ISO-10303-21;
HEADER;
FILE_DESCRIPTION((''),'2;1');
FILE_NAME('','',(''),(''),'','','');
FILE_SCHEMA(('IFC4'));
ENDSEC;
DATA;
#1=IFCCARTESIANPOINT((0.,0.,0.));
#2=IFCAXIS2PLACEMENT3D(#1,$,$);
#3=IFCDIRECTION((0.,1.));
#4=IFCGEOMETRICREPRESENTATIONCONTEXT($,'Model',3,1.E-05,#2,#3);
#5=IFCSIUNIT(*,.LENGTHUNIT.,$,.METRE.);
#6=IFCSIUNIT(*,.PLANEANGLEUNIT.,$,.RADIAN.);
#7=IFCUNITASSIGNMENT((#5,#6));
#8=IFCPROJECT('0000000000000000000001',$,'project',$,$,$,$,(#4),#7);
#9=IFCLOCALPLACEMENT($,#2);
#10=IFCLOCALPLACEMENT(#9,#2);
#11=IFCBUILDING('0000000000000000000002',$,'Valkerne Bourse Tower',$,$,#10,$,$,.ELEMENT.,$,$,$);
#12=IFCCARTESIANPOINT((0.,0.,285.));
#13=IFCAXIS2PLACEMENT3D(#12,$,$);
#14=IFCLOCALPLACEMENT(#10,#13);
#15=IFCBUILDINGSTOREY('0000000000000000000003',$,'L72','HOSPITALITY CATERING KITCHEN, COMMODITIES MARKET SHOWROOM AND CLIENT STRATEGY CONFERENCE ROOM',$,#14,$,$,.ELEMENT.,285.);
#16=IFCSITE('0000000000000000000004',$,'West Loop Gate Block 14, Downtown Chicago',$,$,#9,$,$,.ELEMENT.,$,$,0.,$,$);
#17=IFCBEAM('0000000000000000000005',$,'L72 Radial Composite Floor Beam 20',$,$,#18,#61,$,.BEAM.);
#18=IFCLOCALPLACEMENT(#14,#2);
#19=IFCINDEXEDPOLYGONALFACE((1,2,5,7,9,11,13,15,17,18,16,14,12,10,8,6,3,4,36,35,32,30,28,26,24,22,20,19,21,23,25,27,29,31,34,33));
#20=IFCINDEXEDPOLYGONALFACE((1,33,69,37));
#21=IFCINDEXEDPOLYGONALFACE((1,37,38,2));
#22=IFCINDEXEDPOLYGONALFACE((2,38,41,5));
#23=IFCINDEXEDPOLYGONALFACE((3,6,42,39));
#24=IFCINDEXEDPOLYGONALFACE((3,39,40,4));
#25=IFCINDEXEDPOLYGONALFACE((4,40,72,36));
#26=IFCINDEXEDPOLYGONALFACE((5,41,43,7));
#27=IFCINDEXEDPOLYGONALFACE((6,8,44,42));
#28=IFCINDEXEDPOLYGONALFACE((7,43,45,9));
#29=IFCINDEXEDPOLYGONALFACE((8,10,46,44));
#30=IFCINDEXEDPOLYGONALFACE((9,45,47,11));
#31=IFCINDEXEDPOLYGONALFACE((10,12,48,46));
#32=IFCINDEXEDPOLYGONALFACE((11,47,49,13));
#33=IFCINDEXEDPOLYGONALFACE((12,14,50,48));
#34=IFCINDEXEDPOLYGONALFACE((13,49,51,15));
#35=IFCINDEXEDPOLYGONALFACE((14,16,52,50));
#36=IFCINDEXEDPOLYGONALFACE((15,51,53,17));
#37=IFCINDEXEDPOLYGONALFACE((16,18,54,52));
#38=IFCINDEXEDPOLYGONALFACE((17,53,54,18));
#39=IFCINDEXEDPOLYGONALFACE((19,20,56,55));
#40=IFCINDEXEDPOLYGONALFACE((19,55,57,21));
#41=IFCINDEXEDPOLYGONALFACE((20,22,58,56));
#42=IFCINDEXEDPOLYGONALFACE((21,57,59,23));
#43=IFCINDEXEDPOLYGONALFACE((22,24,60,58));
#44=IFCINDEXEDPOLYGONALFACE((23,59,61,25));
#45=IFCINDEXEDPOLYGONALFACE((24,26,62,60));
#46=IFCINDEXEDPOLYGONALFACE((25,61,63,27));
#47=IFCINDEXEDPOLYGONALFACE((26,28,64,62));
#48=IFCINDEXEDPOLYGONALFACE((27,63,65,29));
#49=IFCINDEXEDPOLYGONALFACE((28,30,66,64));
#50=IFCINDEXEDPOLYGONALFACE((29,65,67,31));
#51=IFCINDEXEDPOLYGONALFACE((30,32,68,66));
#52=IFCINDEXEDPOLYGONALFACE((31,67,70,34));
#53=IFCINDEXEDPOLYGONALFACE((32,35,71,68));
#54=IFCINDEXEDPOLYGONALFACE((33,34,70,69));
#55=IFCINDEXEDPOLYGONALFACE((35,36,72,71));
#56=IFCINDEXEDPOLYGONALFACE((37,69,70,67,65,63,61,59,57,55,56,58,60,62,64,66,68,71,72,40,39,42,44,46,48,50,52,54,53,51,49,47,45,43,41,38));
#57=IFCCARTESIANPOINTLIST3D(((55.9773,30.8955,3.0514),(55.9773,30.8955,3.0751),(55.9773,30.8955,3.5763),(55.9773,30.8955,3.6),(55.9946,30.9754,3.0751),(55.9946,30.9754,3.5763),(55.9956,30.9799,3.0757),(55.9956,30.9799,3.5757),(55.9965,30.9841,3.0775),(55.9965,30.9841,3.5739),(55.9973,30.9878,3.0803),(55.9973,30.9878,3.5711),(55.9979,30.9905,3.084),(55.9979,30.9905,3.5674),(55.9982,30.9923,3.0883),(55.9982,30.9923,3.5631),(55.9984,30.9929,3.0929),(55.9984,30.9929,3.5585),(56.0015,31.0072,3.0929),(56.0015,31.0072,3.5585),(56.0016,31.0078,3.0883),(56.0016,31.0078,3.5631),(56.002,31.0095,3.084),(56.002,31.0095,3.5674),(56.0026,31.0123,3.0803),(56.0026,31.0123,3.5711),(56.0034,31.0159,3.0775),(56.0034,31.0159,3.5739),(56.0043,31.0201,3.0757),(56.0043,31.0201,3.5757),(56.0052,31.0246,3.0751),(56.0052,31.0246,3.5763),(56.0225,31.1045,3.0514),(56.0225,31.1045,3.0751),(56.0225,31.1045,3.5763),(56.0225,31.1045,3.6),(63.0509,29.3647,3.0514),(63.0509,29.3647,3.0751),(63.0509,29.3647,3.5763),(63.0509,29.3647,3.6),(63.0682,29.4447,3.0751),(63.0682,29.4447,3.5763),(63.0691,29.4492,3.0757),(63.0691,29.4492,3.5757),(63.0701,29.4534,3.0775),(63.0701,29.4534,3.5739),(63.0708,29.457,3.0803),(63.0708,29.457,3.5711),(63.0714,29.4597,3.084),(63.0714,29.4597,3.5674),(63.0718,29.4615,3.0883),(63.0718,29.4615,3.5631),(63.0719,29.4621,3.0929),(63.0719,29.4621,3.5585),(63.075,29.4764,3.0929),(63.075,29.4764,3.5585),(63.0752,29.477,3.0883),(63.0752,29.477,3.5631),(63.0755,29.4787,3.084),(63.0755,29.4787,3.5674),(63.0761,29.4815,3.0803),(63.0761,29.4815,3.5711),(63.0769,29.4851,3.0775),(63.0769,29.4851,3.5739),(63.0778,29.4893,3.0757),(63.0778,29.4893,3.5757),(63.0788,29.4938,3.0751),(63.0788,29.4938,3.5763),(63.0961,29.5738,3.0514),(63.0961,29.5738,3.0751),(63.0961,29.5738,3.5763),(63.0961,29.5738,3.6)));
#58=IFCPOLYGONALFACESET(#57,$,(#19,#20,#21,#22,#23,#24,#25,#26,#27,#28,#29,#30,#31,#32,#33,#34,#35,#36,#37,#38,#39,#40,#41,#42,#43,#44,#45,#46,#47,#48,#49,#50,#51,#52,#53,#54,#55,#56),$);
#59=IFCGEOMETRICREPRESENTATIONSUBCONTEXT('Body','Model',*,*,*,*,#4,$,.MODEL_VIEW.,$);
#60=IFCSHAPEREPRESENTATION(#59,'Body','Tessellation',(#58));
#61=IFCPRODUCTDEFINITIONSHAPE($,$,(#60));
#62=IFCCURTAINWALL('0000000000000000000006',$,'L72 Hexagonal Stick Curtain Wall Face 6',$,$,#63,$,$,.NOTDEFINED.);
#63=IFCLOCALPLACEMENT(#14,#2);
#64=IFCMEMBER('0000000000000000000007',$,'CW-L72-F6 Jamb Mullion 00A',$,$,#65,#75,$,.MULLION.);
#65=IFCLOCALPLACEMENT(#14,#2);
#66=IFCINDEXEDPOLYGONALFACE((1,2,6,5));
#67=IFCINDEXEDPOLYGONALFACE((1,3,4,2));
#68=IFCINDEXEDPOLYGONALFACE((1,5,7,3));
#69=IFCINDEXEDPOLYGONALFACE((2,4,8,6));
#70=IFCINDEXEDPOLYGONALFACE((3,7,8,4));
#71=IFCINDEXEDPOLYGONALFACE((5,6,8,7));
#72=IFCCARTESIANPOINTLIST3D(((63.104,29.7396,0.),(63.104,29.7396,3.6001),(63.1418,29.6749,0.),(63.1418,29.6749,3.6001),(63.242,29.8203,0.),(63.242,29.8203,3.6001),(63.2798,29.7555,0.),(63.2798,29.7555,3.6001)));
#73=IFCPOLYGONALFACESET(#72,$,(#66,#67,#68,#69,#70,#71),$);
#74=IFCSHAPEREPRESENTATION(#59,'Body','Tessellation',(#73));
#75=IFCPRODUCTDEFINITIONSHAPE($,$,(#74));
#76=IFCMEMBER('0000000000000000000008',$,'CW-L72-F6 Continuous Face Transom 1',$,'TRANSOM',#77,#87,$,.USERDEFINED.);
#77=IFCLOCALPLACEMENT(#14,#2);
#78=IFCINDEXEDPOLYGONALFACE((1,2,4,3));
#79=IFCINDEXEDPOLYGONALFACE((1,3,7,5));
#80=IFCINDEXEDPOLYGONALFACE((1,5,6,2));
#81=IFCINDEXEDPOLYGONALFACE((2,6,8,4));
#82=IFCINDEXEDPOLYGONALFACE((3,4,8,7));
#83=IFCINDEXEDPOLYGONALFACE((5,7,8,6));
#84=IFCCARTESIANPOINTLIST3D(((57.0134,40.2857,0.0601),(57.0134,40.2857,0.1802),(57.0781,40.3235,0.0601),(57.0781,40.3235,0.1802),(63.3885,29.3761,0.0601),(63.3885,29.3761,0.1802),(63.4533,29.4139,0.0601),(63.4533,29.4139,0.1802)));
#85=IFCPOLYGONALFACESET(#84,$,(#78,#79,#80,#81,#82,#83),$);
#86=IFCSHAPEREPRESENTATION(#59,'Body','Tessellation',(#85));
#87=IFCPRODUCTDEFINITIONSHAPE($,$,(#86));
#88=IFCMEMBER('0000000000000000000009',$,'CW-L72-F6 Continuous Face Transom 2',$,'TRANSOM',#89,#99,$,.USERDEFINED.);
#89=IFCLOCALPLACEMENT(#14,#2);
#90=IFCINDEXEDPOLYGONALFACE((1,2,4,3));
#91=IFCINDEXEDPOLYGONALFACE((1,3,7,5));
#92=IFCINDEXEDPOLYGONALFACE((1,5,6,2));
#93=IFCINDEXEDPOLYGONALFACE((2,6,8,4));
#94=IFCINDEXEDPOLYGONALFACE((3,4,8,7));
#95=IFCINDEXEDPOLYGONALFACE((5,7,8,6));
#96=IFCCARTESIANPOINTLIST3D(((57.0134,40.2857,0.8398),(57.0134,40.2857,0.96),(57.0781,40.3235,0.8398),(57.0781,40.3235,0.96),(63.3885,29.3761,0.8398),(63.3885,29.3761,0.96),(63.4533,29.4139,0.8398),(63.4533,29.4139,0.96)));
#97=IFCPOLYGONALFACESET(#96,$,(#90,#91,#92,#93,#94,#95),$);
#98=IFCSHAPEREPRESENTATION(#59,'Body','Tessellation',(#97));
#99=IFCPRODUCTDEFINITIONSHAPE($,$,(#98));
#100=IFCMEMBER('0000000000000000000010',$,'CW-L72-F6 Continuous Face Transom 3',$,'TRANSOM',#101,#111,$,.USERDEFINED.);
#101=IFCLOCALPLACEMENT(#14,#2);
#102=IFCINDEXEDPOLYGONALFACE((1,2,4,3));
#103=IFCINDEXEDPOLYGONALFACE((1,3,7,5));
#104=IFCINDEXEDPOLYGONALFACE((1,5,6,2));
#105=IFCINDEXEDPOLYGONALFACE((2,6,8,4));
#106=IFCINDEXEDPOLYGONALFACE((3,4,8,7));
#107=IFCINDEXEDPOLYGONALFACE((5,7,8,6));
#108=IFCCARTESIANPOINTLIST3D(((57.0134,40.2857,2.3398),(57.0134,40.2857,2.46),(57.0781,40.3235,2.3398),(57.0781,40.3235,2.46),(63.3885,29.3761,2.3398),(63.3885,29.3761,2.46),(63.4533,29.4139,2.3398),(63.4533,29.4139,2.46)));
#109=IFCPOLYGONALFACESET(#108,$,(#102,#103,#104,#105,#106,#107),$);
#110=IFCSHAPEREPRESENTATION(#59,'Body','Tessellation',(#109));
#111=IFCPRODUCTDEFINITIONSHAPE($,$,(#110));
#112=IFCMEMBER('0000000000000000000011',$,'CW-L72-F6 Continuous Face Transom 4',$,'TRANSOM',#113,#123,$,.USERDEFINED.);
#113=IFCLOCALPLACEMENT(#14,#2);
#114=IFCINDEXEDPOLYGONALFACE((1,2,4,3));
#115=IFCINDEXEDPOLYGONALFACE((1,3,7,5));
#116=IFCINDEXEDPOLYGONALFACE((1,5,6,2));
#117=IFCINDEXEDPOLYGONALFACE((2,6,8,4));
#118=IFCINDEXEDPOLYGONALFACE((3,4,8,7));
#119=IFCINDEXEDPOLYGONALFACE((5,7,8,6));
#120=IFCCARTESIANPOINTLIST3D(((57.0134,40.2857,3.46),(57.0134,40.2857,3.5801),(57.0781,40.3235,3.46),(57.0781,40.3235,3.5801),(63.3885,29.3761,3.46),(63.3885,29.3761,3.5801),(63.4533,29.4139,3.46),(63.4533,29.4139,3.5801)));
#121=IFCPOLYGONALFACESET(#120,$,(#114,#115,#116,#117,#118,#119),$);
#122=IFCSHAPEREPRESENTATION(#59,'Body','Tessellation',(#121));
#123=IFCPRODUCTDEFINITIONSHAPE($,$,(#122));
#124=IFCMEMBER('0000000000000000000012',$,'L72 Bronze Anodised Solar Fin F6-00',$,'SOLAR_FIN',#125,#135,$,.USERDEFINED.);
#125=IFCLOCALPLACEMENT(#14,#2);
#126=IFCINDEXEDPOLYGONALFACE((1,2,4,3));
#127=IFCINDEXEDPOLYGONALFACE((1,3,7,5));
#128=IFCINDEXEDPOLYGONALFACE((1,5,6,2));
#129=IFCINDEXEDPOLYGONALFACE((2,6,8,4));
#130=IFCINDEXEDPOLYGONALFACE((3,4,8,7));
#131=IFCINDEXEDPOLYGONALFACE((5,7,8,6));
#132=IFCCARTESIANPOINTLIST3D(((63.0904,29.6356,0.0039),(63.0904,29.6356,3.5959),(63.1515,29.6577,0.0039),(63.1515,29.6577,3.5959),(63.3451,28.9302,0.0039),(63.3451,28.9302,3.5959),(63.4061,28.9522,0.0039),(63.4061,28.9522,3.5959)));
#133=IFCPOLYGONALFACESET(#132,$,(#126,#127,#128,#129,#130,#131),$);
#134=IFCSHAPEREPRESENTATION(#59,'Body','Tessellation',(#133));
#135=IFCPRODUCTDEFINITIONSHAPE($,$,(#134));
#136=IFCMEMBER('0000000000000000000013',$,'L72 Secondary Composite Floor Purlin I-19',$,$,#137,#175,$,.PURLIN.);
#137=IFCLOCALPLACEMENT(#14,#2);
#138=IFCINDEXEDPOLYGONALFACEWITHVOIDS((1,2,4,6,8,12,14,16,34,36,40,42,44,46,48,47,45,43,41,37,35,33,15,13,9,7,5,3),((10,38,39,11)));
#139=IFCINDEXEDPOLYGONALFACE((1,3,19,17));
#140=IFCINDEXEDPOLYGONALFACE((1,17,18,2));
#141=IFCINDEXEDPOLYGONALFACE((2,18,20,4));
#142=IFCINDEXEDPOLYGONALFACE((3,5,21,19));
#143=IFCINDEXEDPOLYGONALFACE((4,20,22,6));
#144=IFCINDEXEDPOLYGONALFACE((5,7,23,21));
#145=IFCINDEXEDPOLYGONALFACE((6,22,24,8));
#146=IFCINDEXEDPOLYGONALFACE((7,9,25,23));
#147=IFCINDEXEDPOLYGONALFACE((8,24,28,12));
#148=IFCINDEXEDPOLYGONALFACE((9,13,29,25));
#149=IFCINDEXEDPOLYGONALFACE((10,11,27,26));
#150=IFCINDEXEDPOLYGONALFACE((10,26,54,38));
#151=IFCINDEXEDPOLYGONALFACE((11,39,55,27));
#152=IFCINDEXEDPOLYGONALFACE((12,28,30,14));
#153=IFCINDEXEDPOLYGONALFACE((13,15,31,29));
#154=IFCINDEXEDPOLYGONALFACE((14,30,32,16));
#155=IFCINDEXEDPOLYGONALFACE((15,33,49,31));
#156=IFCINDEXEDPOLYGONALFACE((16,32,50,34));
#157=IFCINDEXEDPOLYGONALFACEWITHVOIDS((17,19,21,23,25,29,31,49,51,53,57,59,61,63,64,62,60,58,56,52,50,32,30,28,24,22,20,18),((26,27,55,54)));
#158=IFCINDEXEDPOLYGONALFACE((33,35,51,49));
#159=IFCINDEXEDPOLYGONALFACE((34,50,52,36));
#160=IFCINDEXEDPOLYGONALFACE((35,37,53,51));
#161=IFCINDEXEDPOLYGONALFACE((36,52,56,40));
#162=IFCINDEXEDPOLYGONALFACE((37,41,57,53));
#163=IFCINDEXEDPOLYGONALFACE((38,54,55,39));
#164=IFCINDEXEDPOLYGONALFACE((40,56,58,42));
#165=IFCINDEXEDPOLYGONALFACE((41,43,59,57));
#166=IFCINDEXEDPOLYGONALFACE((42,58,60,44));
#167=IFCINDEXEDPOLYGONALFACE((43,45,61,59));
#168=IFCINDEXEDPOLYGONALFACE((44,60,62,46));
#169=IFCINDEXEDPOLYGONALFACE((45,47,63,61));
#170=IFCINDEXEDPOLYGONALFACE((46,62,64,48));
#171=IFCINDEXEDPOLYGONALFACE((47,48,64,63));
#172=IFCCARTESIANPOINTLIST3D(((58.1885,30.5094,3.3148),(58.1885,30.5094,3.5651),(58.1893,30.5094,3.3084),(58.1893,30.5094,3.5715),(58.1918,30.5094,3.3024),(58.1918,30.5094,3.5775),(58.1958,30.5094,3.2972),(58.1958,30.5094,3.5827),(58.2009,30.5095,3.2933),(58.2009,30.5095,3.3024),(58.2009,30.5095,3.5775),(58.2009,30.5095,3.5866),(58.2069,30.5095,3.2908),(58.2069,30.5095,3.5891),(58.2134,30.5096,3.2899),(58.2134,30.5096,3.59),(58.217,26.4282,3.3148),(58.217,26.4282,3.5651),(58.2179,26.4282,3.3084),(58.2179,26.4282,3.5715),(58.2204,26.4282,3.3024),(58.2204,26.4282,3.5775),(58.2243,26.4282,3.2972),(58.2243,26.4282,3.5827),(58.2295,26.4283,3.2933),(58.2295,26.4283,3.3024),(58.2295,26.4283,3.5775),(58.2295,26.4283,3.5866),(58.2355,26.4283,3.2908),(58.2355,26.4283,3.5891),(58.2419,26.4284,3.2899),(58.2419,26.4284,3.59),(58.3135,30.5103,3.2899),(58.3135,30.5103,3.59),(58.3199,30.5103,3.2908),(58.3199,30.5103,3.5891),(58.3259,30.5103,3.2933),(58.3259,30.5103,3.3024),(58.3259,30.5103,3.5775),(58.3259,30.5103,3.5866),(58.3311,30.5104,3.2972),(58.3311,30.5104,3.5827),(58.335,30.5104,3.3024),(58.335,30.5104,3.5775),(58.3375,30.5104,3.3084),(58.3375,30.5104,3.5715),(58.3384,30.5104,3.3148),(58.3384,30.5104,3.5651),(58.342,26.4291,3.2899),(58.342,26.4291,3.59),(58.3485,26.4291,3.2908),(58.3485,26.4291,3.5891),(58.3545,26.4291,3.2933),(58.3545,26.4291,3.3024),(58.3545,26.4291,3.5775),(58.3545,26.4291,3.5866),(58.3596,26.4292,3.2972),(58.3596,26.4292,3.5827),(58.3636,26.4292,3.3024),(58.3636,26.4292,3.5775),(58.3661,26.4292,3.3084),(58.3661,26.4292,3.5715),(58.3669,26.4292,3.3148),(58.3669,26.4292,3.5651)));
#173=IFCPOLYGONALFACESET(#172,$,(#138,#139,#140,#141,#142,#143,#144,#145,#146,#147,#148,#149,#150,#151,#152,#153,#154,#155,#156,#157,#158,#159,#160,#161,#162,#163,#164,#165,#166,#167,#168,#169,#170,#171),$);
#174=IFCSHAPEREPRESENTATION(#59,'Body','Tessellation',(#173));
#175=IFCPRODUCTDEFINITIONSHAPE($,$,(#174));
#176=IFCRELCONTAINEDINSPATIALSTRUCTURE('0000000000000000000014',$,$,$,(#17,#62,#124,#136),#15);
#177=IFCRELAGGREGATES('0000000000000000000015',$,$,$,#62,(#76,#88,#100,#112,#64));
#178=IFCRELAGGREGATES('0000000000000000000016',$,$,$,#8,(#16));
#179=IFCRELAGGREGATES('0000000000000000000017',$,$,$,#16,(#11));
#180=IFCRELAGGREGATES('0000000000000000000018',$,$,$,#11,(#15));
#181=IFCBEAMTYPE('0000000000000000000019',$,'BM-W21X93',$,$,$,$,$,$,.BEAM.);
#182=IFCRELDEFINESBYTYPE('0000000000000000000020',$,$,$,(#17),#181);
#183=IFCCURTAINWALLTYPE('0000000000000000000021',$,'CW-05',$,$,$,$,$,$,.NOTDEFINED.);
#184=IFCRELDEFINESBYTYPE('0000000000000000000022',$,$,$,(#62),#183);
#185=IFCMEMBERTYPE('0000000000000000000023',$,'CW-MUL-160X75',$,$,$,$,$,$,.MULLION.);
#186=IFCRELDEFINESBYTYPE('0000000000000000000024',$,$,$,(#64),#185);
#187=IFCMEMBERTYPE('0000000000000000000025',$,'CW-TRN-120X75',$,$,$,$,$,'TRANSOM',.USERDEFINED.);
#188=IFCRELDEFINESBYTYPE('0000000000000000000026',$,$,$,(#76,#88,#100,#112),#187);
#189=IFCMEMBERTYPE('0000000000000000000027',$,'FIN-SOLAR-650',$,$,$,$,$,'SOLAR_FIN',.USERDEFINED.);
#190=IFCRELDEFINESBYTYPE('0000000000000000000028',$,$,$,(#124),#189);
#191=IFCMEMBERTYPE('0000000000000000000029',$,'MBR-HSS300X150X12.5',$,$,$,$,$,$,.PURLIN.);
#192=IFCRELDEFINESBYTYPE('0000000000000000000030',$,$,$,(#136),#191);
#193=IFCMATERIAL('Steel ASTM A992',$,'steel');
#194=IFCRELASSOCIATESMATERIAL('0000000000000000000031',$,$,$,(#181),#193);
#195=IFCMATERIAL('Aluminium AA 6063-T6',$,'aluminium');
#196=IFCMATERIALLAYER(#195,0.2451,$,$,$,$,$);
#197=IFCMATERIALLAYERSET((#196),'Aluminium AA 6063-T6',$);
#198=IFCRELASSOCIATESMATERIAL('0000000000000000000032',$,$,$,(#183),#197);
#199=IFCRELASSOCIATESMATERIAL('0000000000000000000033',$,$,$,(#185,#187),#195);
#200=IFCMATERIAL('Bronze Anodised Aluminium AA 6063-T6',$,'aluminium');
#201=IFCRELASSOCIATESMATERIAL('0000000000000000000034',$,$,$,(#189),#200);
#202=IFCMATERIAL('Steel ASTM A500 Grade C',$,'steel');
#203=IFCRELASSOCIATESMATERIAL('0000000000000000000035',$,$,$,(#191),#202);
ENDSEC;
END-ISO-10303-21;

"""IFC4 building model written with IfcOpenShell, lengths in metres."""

from ifc_helpers import new_model, si_unit, direction, frame, origin, origin_2d, place, context, subcontext, project, spatial, rectangle, hollow_rectangle, i_section, extrude, material, layer, layer_set, material_profile, profile_set, type_object, element, aggregate, save


model = new_model("IFC4")

# Units and contexts
model_context = context("Model", 3, precision=1e-05, world=origin(), true_north=direction((0.0, 1.0)))
body_context = subcontext(model_context, "Body", "Model", "MODEL_VIEW")
ifc_project = project(units=[si_unit("LENGTHUNIT", "METRE"), si_unit("PLANEANGLEUNIT", "RADIAN")], contexts=[model_context])

# Site, building, storey
site_placement = place(None, origin())
site = spatial("IfcSite", under=ifc_project, at=site_placement, Name="West Loop Gate Block 14, Downtown Chicago", CompositionType="ELEMENT", RefElevation=0.0)
building_placement = place(site_placement, origin())
building = spatial("IfcBuilding", under=site, at=building_placement, Name="Valkerne Bourse Tower", CompositionType="ELEMENT")
storey_placement = place(building_placement, frame((0.0, 0.0, 285.0)))
storey = spatial("IfcBuildingStorey", under=building, at=storey_placement, Name="L72", Description="HOSPITALITY CATERING KITCHEN, COMMODITIES MARKET SHOWROOM AND CLIENT STRATEGY CONFERENCE ROOM", CompositionType="ELEMENT", Elevation=285.0)

# Shared definitions
ifc_material_1 = material(Name="Steel ASTM A500 Grade C", Category="steel")

# Beam
ifc_material_2 = material(Name="Steel ASTM A992", Category="steel")
ifc_material_profile_1 = material_profile(ifc_material_2, i_section(OverallWidth=0.2139, OverallDepth=0.5486, WebThickness=0.0146, FlangeThickness=0.0237, FilletRadius=0.0178, at=origin_2d()), Name="W21X93")
ifc_profile_set_1 = profile_set([ifc_material_profile_1], Name="Steel ASTM A992")
beam_type_1 = type_object("IfcBeamType", Name="BM-W21X93", PredefinedType="BEAM", material=ifc_profile_set_1)
beam_1_placement = place(storey_placement, frame((63.0735, 29.4692, 3.3257), z_axis=(-0.977375, 0.211512, 0.0), x_axis=(-0.211512, -0.977375, 0.0)))
element("IfcBeam", 1, at=beam_1_placement, inside=storey, type_object=beam_type_1, Name="L72 Radial Composite Floor Beam 20", PredefinedType="BEAM", context=body_context, shape_type="SweptSolid", body=[
    extrude(i_section(OverallWidth=0.2139, OverallDepth=0.5486, WebThickness=0.0146, FlangeThickness=0.0237, FilletRadius=0.0178, at=origin_2d()), origin(), (0.0, 0.0, 1.0), 7.2373),
])

# Curtain wall, members
ifc_material_3 = material(Name="Aluminium AA 6063-T6", Category="aluminium")
ifc_layer_1 = layer(ifc_material_3, 0.2451)
ifc_layer_set_1 = layer_set([ifc_layer_1], Name="Aluminium AA 6063-T6")
curtain_wall_type = type_object("IfcCurtainWallType", Name="CW-05", PredefinedType="NOTDEFINED", material=ifc_layer_set_1)
curtain_wall_placement = place(storey_placement, origin())
curtain_wall = element("IfcCurtainWall", 2, at=curtain_wall_placement, inside=storey, type_object=curtain_wall_type, Name="L72 Hexagonal Stick Curtain Wall Face 6", PredefinedType="NOTDEFINED")
ifc_material_profile_2 = material_profile(ifc_material_3, rectangle(XDim=0.075, YDim=0.1599, at=origin_2d()), Name="CWM-75X160")
ifc_profile_set_2 = profile_set([ifc_material_profile_2], Name="Aluminium AA 6063-T6")
member_type_1 = type_object("IfcMemberType", Name="CW-MUL-160X75", PredefinedType="MULLION", material=ifc_profile_set_2)
member_1_placement = place(storey_placement, frame((63.1919, 29.7476, 0.0), z_axis=(0.0, 0.0, 1.0), x_axis=(-0.504517, 0.863401, 0.0)))
member_1 = element("IfcMember", 3, at=member_1_placement, type_object=member_type_1, Name="CW-L72-F6 Jamb Mullion 00A", PredefinedType="MULLION", context=body_context, shape_type="SweptSolid", body=[
    extrude(rectangle(XDim=0.075, YDim=0.1599, at=origin_2d()), origin(), (0.0, 0.0, 1.0), 3.6001),
])
ifc_material_profile_3 = material_profile(ifc_material_3, rectangle(XDim=0.075, YDim=0.1201, at=origin_2d()), Name="CWT-75X120")
ifc_profile_set_3 = profile_set([ifc_material_profile_3], Name="Aluminium AA 6063-T6")
member_type_2 = type_object("IfcMemberType", Name="CW-TRN-120X75", ElementType="TRANSOM", PredefinedType="USERDEFINED", material=ifc_profile_set_3)
member_2_placement = place(storey_placement, frame((63.4209, 29.395, 0.1201), z_axis=(-0.504536, 0.86339, 0.0), x_axis=(-0.86339, -0.504536, 0.0)))
member_2 = element("IfcMember", 4, at=member_2_placement, type_object=member_type_2, Name="CW-L72-F6 Continuous Face Transom 1", ObjectType="TRANSOM", PredefinedType="USERDEFINED", context=body_context, shape_type="SweptSolid", body=[
    extrude(rectangle(XDim=0.075, YDim=0.1201, at=origin_2d()), origin(), (0.0, 0.0, 1.0), 12.6357),
])
member_3_placement = place(storey_placement, frame((63.4209, 29.395, 0.8999), z_axis=(-0.504536, 0.86339, 0.0), x_axis=(-0.86339, -0.504536, 0.0)))
member_3 = element("IfcMember", 5, at=member_3_placement, type_object=member_type_2, Name="CW-L72-F6 Continuous Face Transom 2", ObjectType="TRANSOM", PredefinedType="USERDEFINED", context=body_context, shape_type="SweptSolid", body=[
    extrude(rectangle(XDim=0.075, YDim=0.1201, at=origin_2d()), origin(), (0.0, 0.0, 1.0), 12.6357),
])
member_4_placement = place(storey_placement, frame((63.4209, 29.395, 2.3999), z_axis=(-0.504536, 0.86339, 0.0), x_axis=(-0.86339, -0.504536, 0.0)))
member_4 = element("IfcMember", 6, at=member_4_placement, type_object=member_type_2, Name="CW-L72-F6 Continuous Face Transom 3", ObjectType="TRANSOM", PredefinedType="USERDEFINED", context=body_context, shape_type="SweptSolid", body=[
    extrude(rectangle(XDim=0.075, YDim=0.1201, at=origin_2d()), origin(), (0.0, 0.0, 1.0), 12.6357),
])
member_5_placement = place(storey_placement, frame((63.4209, 29.395, 3.52), z_axis=(-0.504536, 0.86339, 0.0), x_axis=(-0.86339, -0.504536, 0.0)))
member_5 = element("IfcMember", 7, at=member_5_placement, type_object=member_type_2, Name="CW-L72-F6 Continuous Face Transom 4", ObjectType="TRANSOM", PredefinedType="USERDEFINED", context=body_context, shape_type="SweptSolid", body=[
    extrude(rectangle(XDim=0.075, YDim=0.1201, at=origin_2d()), origin(), (0.0, 0.0, 1.0), 12.6357),
])

# Members
ifc_material_4 = material(Name="Bronze Anodised Aluminium AA 6063-T6", Category="aluminium")
ifc_material_profile_4 = material_profile(ifc_material_4, rectangle(XDim=0.0649, YDim=0.75, at=origin_2d()), Name="FIN-65X750")
ifc_profile_set_4 = profile_set([ifc_material_profile_4], Name="Bronze Anodised Aluminium AA 6063-T6")
member_type_3 = type_object("IfcMemberType", Name="FIN-SOLAR-650", ElementType="SOLAR_FIN", PredefinedType="USERDEFINED", material=ifc_profile_set_4)
member_6_placement = place(storey_placement, frame((63.2483, 29.2939, 0.0039), z_axis=(0.0, 0.0, 1.0), x_axis=(0.940606, 0.339501, 0.0)))
element("IfcMember", 8, at=member_6_placement, inside=storey, type_object=member_type_3, Name="L72 Bronze Anodised Solar Fin F6-00", ObjectType="SOLAR_FIN", PredefinedType="USERDEFINED", context=body_context, shape_type="SweptSolid", body=[
    extrude(rectangle(XDim=0.0649, YDim=0.75, at=origin_2d()), origin(), (0.0, 0.0, 1.0), 3.592),
])
ifc_material_profile_5 = material_profile(ifc_material_1, hollow_rectangle(XDim=0.1499, YDim=0.3, WallThickness=0.0125, OuterFilletRadius=0.0249, at=origin_2d()), Name="HSS300X150X12.5")
ifc_profile_set_5 = profile_set([ifc_material_profile_5], Name="Steel ASTM A500 Grade C")
member_type_4 = type_object("IfcMemberType", Name="MBR-HSS300X150X12.5", PredefinedType="PURLIN", material=ifc_profile_set_5)
member_7_placement = place(storey_placement, frame((58.292, 26.4287, 3.4399), z_axis=(-0.006999, 0.999976, 0.0), x_axis=(-0.999976, -0.006999, 0.0)))
element("IfcMember", 9, at=member_7_placement, inside=storey, type_object=member_type_4, Name="L72 Secondary Composite Floor Purlin I-19", PredefinedType="PURLIN", context=body_context, shape_type="SweptSolid", body=[
    extrude(hollow_rectangle(XDim=0.1499, YDim=0.3, WallThickness=0.0125, OuterFilletRadius=0.0249, at=origin_2d()), origin(), (0.0, 0.0, 1.0), 4.0813),
])

aggregate(curtain_wall, [member_2, member_3, member_4, member_5, member_1])

save(model, "model.ifc")
